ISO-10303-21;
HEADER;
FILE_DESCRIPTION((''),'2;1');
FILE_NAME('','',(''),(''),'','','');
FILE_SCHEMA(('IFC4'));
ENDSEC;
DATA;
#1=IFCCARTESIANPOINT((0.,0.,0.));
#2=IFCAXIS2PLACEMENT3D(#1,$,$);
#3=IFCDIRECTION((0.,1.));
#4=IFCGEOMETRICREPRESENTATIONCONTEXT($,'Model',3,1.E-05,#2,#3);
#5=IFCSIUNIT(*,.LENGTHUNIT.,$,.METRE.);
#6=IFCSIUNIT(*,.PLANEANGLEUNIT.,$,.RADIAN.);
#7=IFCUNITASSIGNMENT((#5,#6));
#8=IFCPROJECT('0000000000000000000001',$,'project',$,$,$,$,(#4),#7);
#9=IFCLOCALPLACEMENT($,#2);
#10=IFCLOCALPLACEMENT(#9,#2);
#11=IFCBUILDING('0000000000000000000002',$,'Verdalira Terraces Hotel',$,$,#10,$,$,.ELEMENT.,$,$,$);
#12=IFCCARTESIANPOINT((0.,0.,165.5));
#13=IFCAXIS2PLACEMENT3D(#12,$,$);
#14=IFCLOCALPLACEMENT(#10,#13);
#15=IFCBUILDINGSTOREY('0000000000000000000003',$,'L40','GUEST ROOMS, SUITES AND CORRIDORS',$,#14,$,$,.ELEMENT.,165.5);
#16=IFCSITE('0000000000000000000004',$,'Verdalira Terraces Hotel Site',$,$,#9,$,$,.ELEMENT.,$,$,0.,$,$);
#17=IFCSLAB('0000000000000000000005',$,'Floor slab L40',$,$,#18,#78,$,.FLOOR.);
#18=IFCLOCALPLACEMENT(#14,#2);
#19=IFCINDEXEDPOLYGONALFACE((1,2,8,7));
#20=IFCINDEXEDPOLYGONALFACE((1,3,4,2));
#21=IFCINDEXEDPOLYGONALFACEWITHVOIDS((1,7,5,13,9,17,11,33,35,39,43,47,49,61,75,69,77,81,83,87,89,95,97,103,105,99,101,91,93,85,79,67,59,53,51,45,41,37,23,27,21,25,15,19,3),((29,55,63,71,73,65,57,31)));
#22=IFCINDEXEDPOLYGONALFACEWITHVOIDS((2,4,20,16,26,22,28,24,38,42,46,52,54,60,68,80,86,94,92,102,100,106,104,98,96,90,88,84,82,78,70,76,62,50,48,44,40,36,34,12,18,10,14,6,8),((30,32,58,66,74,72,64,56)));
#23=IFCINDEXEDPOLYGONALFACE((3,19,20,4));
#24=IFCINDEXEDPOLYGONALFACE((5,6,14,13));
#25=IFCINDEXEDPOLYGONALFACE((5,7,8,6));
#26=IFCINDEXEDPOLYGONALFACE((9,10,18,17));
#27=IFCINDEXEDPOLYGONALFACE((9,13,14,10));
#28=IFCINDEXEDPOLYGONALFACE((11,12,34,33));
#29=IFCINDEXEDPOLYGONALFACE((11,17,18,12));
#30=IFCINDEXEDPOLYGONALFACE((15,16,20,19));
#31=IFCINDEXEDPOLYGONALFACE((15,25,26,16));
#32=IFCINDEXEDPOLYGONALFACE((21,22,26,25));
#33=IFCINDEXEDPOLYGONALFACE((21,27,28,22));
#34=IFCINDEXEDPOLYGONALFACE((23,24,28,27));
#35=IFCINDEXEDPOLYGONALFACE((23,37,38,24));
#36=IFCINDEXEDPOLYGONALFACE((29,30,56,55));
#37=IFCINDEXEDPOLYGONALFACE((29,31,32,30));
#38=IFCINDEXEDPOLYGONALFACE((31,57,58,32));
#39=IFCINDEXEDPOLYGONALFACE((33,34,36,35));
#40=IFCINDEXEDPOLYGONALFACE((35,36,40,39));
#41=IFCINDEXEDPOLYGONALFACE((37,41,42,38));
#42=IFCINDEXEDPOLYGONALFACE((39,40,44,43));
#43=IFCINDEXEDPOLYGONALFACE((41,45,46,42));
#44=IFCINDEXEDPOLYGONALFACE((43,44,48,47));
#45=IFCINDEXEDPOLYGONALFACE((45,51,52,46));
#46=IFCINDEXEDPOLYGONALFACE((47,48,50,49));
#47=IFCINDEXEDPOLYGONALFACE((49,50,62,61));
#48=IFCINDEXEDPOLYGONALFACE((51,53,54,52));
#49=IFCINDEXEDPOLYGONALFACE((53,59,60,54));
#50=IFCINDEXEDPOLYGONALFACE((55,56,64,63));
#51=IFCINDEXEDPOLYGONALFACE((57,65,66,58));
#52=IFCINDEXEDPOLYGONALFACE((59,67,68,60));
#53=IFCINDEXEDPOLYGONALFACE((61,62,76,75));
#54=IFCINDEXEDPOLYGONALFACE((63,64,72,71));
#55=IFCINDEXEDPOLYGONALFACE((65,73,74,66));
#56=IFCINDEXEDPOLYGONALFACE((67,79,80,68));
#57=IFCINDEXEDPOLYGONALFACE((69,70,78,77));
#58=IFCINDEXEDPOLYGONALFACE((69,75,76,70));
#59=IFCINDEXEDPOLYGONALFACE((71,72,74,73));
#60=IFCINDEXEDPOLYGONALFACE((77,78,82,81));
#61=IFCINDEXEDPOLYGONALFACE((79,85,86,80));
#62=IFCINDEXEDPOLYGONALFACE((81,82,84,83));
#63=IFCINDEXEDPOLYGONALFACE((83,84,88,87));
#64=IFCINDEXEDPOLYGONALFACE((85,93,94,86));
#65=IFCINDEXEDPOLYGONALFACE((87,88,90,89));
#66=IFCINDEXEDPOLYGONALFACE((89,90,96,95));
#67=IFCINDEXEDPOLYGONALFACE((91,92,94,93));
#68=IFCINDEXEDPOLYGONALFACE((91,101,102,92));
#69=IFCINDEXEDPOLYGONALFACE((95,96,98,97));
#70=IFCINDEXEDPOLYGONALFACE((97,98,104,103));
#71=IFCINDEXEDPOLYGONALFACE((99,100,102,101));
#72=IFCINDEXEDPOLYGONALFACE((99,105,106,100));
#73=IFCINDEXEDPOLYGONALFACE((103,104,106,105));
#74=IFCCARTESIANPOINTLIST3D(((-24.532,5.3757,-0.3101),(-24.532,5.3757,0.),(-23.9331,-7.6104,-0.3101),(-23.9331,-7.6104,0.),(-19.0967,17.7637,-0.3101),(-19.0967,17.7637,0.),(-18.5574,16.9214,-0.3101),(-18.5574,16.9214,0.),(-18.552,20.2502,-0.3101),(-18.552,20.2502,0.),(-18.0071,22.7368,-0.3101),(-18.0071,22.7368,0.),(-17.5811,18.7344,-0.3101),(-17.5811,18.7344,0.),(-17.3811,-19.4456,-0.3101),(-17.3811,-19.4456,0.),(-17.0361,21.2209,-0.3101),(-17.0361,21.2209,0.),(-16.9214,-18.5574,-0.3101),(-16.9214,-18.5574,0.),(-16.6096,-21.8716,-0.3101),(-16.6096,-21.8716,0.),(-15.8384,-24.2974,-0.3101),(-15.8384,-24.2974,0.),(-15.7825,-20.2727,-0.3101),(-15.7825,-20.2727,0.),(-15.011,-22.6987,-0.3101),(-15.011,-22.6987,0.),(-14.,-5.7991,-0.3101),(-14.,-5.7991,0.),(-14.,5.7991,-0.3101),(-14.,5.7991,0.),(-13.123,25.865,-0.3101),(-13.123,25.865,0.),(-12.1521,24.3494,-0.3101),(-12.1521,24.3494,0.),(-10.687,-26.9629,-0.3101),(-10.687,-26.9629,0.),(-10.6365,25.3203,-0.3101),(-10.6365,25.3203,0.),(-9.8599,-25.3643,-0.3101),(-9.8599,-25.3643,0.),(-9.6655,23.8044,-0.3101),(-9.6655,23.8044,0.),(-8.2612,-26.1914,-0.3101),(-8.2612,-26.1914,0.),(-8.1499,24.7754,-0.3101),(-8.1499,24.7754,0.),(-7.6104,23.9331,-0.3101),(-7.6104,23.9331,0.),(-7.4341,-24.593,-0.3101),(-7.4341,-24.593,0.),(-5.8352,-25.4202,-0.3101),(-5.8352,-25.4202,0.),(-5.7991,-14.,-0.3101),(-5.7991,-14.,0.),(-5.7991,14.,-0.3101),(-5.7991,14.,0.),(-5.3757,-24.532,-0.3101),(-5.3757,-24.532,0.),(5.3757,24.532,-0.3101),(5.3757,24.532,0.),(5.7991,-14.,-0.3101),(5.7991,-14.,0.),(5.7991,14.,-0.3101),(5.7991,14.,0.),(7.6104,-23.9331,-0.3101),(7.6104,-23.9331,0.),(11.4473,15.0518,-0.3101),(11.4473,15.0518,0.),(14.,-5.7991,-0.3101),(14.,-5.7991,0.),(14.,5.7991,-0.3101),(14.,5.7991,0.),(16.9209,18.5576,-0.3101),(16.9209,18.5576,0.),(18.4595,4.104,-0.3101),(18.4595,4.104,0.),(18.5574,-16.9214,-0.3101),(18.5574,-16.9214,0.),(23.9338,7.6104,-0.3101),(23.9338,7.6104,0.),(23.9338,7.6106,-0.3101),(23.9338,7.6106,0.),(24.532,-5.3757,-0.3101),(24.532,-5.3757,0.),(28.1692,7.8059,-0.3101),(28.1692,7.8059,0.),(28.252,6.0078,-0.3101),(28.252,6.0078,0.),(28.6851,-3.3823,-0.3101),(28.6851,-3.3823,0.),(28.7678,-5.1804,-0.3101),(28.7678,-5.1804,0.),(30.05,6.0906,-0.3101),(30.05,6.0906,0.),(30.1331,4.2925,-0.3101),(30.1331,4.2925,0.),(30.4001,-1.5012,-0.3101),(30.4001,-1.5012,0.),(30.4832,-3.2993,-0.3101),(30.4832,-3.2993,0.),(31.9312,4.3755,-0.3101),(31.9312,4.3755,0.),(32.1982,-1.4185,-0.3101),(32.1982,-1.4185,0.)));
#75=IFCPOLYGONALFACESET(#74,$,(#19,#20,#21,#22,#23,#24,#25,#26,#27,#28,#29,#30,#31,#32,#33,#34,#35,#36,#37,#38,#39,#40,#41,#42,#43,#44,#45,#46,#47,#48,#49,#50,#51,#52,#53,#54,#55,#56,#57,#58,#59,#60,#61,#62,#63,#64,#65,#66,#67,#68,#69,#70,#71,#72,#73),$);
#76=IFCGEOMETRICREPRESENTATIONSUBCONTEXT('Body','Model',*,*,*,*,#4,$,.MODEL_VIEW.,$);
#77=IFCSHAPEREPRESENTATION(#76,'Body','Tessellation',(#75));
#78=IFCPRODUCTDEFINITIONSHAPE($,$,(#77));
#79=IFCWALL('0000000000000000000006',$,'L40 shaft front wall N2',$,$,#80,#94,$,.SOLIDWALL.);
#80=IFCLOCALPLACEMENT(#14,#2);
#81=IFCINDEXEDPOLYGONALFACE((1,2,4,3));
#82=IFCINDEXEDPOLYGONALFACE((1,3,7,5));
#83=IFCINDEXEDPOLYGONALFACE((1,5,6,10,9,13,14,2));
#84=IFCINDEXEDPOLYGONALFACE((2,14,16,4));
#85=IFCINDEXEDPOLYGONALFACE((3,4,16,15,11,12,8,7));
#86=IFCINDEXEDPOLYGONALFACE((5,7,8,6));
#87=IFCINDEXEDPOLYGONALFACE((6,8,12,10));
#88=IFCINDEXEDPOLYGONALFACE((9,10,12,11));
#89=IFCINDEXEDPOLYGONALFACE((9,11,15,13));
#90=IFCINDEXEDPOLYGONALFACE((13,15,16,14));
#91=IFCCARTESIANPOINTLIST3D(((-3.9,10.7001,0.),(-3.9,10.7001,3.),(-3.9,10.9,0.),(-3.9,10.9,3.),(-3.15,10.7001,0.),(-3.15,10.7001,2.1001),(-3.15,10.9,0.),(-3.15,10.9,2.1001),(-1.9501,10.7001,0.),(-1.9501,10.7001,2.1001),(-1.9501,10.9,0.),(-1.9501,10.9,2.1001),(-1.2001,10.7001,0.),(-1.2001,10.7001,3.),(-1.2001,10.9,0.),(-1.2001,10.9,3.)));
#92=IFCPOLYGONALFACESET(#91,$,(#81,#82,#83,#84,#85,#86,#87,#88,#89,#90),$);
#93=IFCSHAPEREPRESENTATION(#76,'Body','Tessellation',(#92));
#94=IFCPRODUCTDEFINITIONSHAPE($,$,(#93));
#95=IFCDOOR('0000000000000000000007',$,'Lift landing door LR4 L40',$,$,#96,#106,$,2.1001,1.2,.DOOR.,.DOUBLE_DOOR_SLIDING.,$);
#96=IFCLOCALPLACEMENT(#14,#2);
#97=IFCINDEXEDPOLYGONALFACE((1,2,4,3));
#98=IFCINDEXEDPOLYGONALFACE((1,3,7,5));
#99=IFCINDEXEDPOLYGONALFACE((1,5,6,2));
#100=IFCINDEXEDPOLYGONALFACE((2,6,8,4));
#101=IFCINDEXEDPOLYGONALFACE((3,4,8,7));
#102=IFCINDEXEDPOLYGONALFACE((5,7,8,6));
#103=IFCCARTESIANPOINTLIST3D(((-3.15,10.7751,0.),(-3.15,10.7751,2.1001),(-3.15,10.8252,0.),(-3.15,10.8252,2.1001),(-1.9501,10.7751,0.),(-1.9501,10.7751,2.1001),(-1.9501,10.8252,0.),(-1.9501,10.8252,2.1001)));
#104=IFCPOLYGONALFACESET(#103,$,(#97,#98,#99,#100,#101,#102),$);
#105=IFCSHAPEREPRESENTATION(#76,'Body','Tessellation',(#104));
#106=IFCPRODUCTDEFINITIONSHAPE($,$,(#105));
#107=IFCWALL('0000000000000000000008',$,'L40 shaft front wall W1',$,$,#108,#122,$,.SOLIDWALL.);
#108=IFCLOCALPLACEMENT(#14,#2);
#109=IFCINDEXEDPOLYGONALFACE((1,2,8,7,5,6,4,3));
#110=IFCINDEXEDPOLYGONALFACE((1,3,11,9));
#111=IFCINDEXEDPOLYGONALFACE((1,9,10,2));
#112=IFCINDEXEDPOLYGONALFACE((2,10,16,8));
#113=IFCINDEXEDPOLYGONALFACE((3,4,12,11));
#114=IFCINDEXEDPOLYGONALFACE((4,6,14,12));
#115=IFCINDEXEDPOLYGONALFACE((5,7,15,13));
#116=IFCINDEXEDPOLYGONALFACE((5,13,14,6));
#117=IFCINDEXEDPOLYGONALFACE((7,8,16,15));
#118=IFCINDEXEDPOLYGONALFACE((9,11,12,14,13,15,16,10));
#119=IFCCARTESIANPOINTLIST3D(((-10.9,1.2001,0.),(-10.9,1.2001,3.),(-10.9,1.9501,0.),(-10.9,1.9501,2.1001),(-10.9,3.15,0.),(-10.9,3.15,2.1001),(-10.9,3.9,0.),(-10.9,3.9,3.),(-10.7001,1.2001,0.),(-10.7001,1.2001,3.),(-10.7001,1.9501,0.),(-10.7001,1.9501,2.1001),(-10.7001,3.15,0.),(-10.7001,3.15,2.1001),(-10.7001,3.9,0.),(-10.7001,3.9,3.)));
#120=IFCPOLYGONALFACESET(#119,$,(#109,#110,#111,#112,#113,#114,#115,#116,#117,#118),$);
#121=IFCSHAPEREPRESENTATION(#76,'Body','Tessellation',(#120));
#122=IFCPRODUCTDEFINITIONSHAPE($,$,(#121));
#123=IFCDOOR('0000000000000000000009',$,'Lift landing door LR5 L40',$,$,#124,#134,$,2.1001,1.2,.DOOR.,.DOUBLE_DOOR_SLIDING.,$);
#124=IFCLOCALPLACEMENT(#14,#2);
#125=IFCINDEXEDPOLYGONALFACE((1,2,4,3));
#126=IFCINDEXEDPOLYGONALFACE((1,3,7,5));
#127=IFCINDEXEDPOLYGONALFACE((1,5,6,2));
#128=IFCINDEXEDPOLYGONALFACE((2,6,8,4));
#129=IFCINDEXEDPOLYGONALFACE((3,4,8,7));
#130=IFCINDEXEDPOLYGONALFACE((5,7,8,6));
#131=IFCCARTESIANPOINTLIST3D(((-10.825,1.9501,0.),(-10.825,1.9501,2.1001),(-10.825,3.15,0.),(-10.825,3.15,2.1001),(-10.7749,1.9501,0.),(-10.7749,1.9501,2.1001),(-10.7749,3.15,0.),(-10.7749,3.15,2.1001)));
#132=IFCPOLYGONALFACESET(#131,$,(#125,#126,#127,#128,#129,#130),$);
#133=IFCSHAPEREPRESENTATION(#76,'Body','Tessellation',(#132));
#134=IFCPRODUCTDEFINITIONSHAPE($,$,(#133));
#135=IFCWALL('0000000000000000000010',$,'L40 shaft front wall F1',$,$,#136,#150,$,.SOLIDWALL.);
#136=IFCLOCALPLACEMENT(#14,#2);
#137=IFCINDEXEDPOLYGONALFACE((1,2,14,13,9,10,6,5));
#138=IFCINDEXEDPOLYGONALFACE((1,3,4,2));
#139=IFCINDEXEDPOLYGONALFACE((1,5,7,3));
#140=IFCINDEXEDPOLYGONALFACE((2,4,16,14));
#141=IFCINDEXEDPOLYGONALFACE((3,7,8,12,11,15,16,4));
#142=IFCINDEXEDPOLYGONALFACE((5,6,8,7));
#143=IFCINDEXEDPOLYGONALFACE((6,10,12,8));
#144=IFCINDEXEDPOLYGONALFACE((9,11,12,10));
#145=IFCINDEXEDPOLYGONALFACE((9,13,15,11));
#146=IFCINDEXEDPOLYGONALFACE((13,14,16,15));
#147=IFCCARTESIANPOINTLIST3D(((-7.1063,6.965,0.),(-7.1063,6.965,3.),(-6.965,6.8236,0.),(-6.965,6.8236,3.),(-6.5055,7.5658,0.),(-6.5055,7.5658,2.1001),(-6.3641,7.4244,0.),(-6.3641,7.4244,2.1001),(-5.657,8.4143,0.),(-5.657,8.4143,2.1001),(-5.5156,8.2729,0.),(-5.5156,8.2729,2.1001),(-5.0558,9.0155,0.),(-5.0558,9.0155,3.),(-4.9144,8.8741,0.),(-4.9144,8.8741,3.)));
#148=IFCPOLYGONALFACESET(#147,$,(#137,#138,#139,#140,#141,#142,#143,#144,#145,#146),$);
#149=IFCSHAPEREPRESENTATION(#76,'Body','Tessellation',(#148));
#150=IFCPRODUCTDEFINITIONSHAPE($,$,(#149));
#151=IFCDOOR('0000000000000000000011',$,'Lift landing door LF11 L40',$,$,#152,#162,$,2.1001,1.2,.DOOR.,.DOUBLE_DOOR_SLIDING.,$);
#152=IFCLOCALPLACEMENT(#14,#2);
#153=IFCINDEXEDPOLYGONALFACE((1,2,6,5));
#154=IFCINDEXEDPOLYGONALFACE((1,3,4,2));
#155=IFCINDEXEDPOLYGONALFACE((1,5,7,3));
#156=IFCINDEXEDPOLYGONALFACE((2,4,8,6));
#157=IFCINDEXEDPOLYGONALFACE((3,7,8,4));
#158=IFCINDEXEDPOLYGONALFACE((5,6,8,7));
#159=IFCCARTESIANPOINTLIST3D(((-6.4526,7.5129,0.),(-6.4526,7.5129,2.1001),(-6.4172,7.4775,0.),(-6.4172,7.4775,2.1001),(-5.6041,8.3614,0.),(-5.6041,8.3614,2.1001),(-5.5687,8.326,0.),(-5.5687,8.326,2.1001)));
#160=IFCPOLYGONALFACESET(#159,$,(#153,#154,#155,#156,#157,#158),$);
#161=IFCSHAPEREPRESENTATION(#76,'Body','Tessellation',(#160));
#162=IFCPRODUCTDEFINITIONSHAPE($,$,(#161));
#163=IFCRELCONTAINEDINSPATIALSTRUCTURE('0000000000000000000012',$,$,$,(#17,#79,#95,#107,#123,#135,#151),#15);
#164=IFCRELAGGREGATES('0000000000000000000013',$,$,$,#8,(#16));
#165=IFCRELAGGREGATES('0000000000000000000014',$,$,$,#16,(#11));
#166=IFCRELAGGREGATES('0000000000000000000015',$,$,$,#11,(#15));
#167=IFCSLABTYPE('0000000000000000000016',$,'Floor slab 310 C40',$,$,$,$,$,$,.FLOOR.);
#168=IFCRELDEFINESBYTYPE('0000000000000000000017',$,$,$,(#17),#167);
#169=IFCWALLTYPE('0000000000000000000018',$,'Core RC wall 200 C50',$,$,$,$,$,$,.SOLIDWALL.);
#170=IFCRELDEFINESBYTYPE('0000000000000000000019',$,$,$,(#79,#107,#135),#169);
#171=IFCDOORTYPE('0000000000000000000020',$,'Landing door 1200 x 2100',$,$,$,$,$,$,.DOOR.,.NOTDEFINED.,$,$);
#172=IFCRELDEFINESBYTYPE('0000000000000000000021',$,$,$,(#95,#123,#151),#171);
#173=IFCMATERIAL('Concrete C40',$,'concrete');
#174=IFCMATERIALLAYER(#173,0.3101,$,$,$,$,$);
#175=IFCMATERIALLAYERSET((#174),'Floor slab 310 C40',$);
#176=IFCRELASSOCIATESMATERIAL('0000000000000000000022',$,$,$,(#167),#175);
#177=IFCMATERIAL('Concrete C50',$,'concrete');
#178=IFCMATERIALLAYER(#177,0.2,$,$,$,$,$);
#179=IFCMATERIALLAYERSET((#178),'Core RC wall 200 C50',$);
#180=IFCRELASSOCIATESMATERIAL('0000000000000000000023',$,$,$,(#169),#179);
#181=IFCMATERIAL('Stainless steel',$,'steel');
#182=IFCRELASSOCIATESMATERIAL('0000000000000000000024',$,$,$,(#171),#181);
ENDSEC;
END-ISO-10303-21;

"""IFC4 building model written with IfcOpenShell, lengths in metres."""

from ifc_helpers import new_model, si_unit, direction, frame, frame_2d, origin, place, context, subcontext, project, spatial, polyline, rectangle, outline, extrude, material, layer, layer_set, type_object, element, fill, save


model = new_model("IFC4")

# Units and contexts
model_context = context("Model", 3, precision=1e-05, world=origin(), true_north=direction((0.0, 1.0)))
body_context = subcontext(model_context, "Body", "Model", "MODEL_VIEW")
ifc_project = project(units=[si_unit("LENGTHUNIT", "METRE"), si_unit("PLANEANGLEUNIT", "RADIAN")], contexts=[model_context])

# Site, building, storey
site_placement = place(None, origin())
site = spatial("IfcSite", under=ifc_project, at=site_placement, Name="Verdalira Terraces Hotel Site", CompositionType="ELEMENT", RefElevation=0.0)
building_placement = place(site_placement, origin())
building = spatial("IfcBuilding", under=site, at=building_placement, Name="Verdalira Terraces Hotel", CompositionType="ELEMENT")
storey_placement = place(building_placement, frame((0.0, 0.0, 165.5)))
storey = spatial("IfcBuildingStorey", under=building, at=storey_placement, Name="L40", Description="GUEST ROOMS, SUITES AND CORRIDORS", CompositionType="ELEMENT", Elevation=165.5)

# Slab
ifc_material_1 = material(Name="Concrete C40", Category="concrete")
ifc_layer_1 = layer(ifc_material_1, 0.3101)
ifc_layer_set_1 = layer_set([ifc_layer_1], Name="Floor slab 310 C40")
slab_type = type_object("IfcSlabType", Name="Floor slab 310 C40", PredefinedType="FLOOR", material=ifc_layer_set_1)
slab_placement = place(storey_placement, frame((0.0, 0.0, -0.3101)))
element("IfcSlab", 1, at=slab_placement, inside=storey, type_object=slab_type, Name="Floor slab L40", PredefinedType="FLOOR", context=body_context, shape_type="SweptSolid", body=[
    extrude(outline(polyline([(28.252, 6.0078), (28.1692, 7.8059), (23.9338, 7.6106), (23.9338, 7.6104), (18.4595, 4.104), (11.4473, 15.0518), (16.9209, 18.5576), (5.3757, 24.532), (-7.6104, 23.9331), (-8.1499, 24.7754), (-9.6655, 23.8044), (-10.6365, 25.3203), (-12.1521, 24.3494), (-13.123, 25.865), (-18.0071, 22.7368), (-17.0361, 21.2209), (-18.552, 20.2502), (-17.5811, 18.7344), (-19.0967, 17.7637), (-18.5574, 16.9214), (-24.532, 5.3757), (-23.9331, -7.6104), (-16.9214, -18.5574), (-17.3811, -19.4456), (-15.7825, -20.2727), (-16.6096, -21.8716), (-15.011, -22.6987), (-15.8384, -24.2974), (-10.687, -26.9629), (-9.8599, -25.3643), (-8.2612, -26.1914), (-7.4341, -24.593), (-5.8352, -25.4202), (-5.3757, -24.532), (7.6104, -23.9331), (18.5574, -16.9214), (24.532, -5.3757), (28.7678, -5.1804), (28.6851, -3.3823), (30.4832, -3.2993), (30.4001, -1.5012), (32.1982, -1.4185), (31.9312, 4.3755), (30.1331, 4.2925), (30.05, 6.0906), (28.252, 6.0078)]), holes=[polyline([(5.7991, 14.0), (14.0, 5.7991), (14.0, -5.7991), (5.7991, -14.0), (-5.7991, -14.0), (-14.0, -5.7991), (-14.0, 5.7991), (-5.7991, 14.0), (5.7991, 14.0)])]), origin(), (0.0, 0.0, 1.0), 0.3101),
])

# Walls, openings, doors
ifc_material_2 = material(Name="Concrete C50", Category="concrete")
ifc_layer_2 = layer(ifc_material_2, 0.2)
ifc_layer_set_2 = layer_set([ifc_layer_2], Name="Core RC wall 200 C50")
wall_type_1 = type_object("IfcWallType", Name="Core RC wall 200 C50", PredefinedType="SOLIDWALL", material=ifc_layer_set_2)
wall_1_placement = place(storey_placement, frame((-1.2, 10.8, 0.0), z_axis=(0.0, 0.0, 1.0), x_axis=(-1.0, 0.0, 0.0)))
wall_1 = element("IfcWall", 2, at=wall_1_placement, inside=storey, type_object=wall_type_1, Name="L40 shaft front wall N2", PredefinedType="SOLIDWALL", context=body_context, shape_type="SweptSolid", body=[
    extrude(rectangle(XDim=2.7, YDim=0.2, at=frame_2d((1.3501, 0.0))), origin(), (0.0, 0.0, 1.0), 3.0),
])
opening_1_placement = place(wall_1_placement, frame((0.75, 0.0, 0.0)))
opening_1 = element("IfcOpeningElement", 3, at=opening_1_placement, cuts=wall_1, PredefinedType="OPENING", context=body_context, shape_type="SweptSolid", body=[
    extrude(rectangle(XDim=1.2, YDim=2.1001, at=frame_2d((0.6001, 1.05))), frame((0.0, 0.1099, 0.0), z_axis=(0.0, -1.0, 0.0), x_axis=(1.0, 0.0, 0.0)), (0.0, 0.0, 1.0), 0.22),
])
ifc_material_3 = material(Name="Stainless steel", Category="steel")
door_type_1 = type_object("IfcDoorType", Name="Landing door 1200 x 2100", OperationType="NOTDEFINED", PredefinedType="DOOR", material=ifc_material_3)
door_1_placement = place(opening_1_placement, origin())
door_1 = element("IfcDoor", 4, at=door_1_placement, inside=storey, type_object=door_type_1, Name="Lift landing door LR4 L40", OperationType="DOUBLE_DOOR_SLIDING", OverallHeight=2.1001, OverallWidth=1.2, PredefinedType="DOOR", context=body_context, shape_type="SweptSolid", body=[
    extrude(rectangle(XDim=1.2, YDim=2.1001, at=frame_2d((0.6001, 1.05))), frame((0.0, 0.0249, 0.0), z_axis=(0.0, -1.0, 0.0), x_axis=(1.0, 0.0, 0.0)), (0.0, 0.0, 1.0), 0.05),
])
fill(opening_1, door_1)
wall_2_placement = place(storey_placement, frame((-10.8, 1.2, 0.0), z_axis=(0.0, 0.0, 1.0), x_axis=(0.0, 1.0, 0.0)))
wall_2 = element("IfcWall", 5, at=wall_2_placement, inside=storey, type_object=wall_type_1, Name="L40 shaft front wall W1", PredefinedType="SOLIDWALL", context=body_context, shape_type="SweptSolid", body=[
    extrude(rectangle(XDim=2.7, YDim=0.2, at=frame_2d((1.3501, 0.0))), origin(), (0.0, 0.0, 1.0), 3.0),
])
opening_2_placement = place(wall_2_placement, frame((0.75, 0.0, 0.0)))
opening_2 = element("IfcOpeningElement", 6, at=opening_2_placement, cuts=wall_2, PredefinedType="OPENING", context=body_context, shape_type="SweptSolid", body=[
    extrude(rectangle(XDim=1.2, YDim=2.1001, at=frame_2d((0.6001, 1.05))), frame((0.0, 0.1099, 0.0), z_axis=(0.0, -1.0, 0.0), x_axis=(1.0, 0.0, 0.0)), (0.0, 0.0, 1.0), 0.22),
])
door_2_placement = place(opening_2_placement, origin())
door_2 = element("IfcDoor", 7, at=door_2_placement, inside=storey, type_object=door_type_1, Name="Lift landing door LR5 L40", OperationType="DOUBLE_DOOR_SLIDING", OverallHeight=2.1001, OverallWidth=1.2, PredefinedType="DOOR", context=body_context, shape_type="SweptSolid", body=[
    extrude(rectangle(XDim=1.2, YDim=2.1001, at=frame_2d((0.6001, 1.05))), frame((0.0, 0.0249, 0.0), z_axis=(0.0, -1.0, 0.0), x_axis=(1.0, 0.0, 0.0)), (0.0, 0.0, 1.0), 0.05),
])
fill(opening_2, door_2)
wall_3_placement = place(storey_placement, frame((-4.9851, 8.9448, 0.0), z_axis=(0.0, 0.0, 1.0), x_axis=(-0.707107, -0.707107, 0.0)))
wall_3 = element("IfcWall", 8, at=wall_3_placement, inside=storey, type_object=wall_type_1, Name="L40 shaft front wall F1", PredefinedType="SOLIDWALL", context=body_context, shape_type="SweptSolid", body=[
    extrude(rectangle(XDim=2.8999, YDim=0.2, at=frame_2d((1.45, 0.0))), origin(), (0.0, 0.0, 1.0), 3.0),
])
opening_3_placement = place(wall_3_placement, frame((0.8501, 0.0, 0.0)))
opening_3 = element("IfcOpeningElement", 9, at=opening_3_placement, cuts=wall_3, PredefinedType="OPENING", context=body_context, shape_type="SweptSolid", body=[
    extrude(rectangle(XDim=1.2, YDim=2.1001, at=frame_2d((0.6001, 1.05))), frame((0.0, 0.1099, 0.0), z_axis=(0.0, -1.0, 0.0), x_axis=(1.0, 0.0, 0.0)), (0.0, 0.0, 1.0), 0.22),
])
door_3_placement = place(opening_3_placement, origin())
door_3 = element("IfcDoor", 10, at=door_3_placement, inside=storey, type_object=door_type_1, Name="Lift landing door LF11 L40", OperationType="DOUBLE_DOOR_SLIDING", OverallHeight=2.1001, OverallWidth=1.2, PredefinedType="DOOR", context=body_context, shape_type="SweptSolid", body=[
    extrude(rectangle(XDim=1.2, YDim=2.1001, at=frame_2d((0.6001, 1.05))), frame((0.0, 0.0249, 0.0), z_axis=(0.0, -1.0, 0.0), x_axis=(1.0, 0.0, 0.0)), (0.0, 0.0, 1.0), 0.05),
])
fill(opening_3, door_3)

save(model, "model.ifc")
